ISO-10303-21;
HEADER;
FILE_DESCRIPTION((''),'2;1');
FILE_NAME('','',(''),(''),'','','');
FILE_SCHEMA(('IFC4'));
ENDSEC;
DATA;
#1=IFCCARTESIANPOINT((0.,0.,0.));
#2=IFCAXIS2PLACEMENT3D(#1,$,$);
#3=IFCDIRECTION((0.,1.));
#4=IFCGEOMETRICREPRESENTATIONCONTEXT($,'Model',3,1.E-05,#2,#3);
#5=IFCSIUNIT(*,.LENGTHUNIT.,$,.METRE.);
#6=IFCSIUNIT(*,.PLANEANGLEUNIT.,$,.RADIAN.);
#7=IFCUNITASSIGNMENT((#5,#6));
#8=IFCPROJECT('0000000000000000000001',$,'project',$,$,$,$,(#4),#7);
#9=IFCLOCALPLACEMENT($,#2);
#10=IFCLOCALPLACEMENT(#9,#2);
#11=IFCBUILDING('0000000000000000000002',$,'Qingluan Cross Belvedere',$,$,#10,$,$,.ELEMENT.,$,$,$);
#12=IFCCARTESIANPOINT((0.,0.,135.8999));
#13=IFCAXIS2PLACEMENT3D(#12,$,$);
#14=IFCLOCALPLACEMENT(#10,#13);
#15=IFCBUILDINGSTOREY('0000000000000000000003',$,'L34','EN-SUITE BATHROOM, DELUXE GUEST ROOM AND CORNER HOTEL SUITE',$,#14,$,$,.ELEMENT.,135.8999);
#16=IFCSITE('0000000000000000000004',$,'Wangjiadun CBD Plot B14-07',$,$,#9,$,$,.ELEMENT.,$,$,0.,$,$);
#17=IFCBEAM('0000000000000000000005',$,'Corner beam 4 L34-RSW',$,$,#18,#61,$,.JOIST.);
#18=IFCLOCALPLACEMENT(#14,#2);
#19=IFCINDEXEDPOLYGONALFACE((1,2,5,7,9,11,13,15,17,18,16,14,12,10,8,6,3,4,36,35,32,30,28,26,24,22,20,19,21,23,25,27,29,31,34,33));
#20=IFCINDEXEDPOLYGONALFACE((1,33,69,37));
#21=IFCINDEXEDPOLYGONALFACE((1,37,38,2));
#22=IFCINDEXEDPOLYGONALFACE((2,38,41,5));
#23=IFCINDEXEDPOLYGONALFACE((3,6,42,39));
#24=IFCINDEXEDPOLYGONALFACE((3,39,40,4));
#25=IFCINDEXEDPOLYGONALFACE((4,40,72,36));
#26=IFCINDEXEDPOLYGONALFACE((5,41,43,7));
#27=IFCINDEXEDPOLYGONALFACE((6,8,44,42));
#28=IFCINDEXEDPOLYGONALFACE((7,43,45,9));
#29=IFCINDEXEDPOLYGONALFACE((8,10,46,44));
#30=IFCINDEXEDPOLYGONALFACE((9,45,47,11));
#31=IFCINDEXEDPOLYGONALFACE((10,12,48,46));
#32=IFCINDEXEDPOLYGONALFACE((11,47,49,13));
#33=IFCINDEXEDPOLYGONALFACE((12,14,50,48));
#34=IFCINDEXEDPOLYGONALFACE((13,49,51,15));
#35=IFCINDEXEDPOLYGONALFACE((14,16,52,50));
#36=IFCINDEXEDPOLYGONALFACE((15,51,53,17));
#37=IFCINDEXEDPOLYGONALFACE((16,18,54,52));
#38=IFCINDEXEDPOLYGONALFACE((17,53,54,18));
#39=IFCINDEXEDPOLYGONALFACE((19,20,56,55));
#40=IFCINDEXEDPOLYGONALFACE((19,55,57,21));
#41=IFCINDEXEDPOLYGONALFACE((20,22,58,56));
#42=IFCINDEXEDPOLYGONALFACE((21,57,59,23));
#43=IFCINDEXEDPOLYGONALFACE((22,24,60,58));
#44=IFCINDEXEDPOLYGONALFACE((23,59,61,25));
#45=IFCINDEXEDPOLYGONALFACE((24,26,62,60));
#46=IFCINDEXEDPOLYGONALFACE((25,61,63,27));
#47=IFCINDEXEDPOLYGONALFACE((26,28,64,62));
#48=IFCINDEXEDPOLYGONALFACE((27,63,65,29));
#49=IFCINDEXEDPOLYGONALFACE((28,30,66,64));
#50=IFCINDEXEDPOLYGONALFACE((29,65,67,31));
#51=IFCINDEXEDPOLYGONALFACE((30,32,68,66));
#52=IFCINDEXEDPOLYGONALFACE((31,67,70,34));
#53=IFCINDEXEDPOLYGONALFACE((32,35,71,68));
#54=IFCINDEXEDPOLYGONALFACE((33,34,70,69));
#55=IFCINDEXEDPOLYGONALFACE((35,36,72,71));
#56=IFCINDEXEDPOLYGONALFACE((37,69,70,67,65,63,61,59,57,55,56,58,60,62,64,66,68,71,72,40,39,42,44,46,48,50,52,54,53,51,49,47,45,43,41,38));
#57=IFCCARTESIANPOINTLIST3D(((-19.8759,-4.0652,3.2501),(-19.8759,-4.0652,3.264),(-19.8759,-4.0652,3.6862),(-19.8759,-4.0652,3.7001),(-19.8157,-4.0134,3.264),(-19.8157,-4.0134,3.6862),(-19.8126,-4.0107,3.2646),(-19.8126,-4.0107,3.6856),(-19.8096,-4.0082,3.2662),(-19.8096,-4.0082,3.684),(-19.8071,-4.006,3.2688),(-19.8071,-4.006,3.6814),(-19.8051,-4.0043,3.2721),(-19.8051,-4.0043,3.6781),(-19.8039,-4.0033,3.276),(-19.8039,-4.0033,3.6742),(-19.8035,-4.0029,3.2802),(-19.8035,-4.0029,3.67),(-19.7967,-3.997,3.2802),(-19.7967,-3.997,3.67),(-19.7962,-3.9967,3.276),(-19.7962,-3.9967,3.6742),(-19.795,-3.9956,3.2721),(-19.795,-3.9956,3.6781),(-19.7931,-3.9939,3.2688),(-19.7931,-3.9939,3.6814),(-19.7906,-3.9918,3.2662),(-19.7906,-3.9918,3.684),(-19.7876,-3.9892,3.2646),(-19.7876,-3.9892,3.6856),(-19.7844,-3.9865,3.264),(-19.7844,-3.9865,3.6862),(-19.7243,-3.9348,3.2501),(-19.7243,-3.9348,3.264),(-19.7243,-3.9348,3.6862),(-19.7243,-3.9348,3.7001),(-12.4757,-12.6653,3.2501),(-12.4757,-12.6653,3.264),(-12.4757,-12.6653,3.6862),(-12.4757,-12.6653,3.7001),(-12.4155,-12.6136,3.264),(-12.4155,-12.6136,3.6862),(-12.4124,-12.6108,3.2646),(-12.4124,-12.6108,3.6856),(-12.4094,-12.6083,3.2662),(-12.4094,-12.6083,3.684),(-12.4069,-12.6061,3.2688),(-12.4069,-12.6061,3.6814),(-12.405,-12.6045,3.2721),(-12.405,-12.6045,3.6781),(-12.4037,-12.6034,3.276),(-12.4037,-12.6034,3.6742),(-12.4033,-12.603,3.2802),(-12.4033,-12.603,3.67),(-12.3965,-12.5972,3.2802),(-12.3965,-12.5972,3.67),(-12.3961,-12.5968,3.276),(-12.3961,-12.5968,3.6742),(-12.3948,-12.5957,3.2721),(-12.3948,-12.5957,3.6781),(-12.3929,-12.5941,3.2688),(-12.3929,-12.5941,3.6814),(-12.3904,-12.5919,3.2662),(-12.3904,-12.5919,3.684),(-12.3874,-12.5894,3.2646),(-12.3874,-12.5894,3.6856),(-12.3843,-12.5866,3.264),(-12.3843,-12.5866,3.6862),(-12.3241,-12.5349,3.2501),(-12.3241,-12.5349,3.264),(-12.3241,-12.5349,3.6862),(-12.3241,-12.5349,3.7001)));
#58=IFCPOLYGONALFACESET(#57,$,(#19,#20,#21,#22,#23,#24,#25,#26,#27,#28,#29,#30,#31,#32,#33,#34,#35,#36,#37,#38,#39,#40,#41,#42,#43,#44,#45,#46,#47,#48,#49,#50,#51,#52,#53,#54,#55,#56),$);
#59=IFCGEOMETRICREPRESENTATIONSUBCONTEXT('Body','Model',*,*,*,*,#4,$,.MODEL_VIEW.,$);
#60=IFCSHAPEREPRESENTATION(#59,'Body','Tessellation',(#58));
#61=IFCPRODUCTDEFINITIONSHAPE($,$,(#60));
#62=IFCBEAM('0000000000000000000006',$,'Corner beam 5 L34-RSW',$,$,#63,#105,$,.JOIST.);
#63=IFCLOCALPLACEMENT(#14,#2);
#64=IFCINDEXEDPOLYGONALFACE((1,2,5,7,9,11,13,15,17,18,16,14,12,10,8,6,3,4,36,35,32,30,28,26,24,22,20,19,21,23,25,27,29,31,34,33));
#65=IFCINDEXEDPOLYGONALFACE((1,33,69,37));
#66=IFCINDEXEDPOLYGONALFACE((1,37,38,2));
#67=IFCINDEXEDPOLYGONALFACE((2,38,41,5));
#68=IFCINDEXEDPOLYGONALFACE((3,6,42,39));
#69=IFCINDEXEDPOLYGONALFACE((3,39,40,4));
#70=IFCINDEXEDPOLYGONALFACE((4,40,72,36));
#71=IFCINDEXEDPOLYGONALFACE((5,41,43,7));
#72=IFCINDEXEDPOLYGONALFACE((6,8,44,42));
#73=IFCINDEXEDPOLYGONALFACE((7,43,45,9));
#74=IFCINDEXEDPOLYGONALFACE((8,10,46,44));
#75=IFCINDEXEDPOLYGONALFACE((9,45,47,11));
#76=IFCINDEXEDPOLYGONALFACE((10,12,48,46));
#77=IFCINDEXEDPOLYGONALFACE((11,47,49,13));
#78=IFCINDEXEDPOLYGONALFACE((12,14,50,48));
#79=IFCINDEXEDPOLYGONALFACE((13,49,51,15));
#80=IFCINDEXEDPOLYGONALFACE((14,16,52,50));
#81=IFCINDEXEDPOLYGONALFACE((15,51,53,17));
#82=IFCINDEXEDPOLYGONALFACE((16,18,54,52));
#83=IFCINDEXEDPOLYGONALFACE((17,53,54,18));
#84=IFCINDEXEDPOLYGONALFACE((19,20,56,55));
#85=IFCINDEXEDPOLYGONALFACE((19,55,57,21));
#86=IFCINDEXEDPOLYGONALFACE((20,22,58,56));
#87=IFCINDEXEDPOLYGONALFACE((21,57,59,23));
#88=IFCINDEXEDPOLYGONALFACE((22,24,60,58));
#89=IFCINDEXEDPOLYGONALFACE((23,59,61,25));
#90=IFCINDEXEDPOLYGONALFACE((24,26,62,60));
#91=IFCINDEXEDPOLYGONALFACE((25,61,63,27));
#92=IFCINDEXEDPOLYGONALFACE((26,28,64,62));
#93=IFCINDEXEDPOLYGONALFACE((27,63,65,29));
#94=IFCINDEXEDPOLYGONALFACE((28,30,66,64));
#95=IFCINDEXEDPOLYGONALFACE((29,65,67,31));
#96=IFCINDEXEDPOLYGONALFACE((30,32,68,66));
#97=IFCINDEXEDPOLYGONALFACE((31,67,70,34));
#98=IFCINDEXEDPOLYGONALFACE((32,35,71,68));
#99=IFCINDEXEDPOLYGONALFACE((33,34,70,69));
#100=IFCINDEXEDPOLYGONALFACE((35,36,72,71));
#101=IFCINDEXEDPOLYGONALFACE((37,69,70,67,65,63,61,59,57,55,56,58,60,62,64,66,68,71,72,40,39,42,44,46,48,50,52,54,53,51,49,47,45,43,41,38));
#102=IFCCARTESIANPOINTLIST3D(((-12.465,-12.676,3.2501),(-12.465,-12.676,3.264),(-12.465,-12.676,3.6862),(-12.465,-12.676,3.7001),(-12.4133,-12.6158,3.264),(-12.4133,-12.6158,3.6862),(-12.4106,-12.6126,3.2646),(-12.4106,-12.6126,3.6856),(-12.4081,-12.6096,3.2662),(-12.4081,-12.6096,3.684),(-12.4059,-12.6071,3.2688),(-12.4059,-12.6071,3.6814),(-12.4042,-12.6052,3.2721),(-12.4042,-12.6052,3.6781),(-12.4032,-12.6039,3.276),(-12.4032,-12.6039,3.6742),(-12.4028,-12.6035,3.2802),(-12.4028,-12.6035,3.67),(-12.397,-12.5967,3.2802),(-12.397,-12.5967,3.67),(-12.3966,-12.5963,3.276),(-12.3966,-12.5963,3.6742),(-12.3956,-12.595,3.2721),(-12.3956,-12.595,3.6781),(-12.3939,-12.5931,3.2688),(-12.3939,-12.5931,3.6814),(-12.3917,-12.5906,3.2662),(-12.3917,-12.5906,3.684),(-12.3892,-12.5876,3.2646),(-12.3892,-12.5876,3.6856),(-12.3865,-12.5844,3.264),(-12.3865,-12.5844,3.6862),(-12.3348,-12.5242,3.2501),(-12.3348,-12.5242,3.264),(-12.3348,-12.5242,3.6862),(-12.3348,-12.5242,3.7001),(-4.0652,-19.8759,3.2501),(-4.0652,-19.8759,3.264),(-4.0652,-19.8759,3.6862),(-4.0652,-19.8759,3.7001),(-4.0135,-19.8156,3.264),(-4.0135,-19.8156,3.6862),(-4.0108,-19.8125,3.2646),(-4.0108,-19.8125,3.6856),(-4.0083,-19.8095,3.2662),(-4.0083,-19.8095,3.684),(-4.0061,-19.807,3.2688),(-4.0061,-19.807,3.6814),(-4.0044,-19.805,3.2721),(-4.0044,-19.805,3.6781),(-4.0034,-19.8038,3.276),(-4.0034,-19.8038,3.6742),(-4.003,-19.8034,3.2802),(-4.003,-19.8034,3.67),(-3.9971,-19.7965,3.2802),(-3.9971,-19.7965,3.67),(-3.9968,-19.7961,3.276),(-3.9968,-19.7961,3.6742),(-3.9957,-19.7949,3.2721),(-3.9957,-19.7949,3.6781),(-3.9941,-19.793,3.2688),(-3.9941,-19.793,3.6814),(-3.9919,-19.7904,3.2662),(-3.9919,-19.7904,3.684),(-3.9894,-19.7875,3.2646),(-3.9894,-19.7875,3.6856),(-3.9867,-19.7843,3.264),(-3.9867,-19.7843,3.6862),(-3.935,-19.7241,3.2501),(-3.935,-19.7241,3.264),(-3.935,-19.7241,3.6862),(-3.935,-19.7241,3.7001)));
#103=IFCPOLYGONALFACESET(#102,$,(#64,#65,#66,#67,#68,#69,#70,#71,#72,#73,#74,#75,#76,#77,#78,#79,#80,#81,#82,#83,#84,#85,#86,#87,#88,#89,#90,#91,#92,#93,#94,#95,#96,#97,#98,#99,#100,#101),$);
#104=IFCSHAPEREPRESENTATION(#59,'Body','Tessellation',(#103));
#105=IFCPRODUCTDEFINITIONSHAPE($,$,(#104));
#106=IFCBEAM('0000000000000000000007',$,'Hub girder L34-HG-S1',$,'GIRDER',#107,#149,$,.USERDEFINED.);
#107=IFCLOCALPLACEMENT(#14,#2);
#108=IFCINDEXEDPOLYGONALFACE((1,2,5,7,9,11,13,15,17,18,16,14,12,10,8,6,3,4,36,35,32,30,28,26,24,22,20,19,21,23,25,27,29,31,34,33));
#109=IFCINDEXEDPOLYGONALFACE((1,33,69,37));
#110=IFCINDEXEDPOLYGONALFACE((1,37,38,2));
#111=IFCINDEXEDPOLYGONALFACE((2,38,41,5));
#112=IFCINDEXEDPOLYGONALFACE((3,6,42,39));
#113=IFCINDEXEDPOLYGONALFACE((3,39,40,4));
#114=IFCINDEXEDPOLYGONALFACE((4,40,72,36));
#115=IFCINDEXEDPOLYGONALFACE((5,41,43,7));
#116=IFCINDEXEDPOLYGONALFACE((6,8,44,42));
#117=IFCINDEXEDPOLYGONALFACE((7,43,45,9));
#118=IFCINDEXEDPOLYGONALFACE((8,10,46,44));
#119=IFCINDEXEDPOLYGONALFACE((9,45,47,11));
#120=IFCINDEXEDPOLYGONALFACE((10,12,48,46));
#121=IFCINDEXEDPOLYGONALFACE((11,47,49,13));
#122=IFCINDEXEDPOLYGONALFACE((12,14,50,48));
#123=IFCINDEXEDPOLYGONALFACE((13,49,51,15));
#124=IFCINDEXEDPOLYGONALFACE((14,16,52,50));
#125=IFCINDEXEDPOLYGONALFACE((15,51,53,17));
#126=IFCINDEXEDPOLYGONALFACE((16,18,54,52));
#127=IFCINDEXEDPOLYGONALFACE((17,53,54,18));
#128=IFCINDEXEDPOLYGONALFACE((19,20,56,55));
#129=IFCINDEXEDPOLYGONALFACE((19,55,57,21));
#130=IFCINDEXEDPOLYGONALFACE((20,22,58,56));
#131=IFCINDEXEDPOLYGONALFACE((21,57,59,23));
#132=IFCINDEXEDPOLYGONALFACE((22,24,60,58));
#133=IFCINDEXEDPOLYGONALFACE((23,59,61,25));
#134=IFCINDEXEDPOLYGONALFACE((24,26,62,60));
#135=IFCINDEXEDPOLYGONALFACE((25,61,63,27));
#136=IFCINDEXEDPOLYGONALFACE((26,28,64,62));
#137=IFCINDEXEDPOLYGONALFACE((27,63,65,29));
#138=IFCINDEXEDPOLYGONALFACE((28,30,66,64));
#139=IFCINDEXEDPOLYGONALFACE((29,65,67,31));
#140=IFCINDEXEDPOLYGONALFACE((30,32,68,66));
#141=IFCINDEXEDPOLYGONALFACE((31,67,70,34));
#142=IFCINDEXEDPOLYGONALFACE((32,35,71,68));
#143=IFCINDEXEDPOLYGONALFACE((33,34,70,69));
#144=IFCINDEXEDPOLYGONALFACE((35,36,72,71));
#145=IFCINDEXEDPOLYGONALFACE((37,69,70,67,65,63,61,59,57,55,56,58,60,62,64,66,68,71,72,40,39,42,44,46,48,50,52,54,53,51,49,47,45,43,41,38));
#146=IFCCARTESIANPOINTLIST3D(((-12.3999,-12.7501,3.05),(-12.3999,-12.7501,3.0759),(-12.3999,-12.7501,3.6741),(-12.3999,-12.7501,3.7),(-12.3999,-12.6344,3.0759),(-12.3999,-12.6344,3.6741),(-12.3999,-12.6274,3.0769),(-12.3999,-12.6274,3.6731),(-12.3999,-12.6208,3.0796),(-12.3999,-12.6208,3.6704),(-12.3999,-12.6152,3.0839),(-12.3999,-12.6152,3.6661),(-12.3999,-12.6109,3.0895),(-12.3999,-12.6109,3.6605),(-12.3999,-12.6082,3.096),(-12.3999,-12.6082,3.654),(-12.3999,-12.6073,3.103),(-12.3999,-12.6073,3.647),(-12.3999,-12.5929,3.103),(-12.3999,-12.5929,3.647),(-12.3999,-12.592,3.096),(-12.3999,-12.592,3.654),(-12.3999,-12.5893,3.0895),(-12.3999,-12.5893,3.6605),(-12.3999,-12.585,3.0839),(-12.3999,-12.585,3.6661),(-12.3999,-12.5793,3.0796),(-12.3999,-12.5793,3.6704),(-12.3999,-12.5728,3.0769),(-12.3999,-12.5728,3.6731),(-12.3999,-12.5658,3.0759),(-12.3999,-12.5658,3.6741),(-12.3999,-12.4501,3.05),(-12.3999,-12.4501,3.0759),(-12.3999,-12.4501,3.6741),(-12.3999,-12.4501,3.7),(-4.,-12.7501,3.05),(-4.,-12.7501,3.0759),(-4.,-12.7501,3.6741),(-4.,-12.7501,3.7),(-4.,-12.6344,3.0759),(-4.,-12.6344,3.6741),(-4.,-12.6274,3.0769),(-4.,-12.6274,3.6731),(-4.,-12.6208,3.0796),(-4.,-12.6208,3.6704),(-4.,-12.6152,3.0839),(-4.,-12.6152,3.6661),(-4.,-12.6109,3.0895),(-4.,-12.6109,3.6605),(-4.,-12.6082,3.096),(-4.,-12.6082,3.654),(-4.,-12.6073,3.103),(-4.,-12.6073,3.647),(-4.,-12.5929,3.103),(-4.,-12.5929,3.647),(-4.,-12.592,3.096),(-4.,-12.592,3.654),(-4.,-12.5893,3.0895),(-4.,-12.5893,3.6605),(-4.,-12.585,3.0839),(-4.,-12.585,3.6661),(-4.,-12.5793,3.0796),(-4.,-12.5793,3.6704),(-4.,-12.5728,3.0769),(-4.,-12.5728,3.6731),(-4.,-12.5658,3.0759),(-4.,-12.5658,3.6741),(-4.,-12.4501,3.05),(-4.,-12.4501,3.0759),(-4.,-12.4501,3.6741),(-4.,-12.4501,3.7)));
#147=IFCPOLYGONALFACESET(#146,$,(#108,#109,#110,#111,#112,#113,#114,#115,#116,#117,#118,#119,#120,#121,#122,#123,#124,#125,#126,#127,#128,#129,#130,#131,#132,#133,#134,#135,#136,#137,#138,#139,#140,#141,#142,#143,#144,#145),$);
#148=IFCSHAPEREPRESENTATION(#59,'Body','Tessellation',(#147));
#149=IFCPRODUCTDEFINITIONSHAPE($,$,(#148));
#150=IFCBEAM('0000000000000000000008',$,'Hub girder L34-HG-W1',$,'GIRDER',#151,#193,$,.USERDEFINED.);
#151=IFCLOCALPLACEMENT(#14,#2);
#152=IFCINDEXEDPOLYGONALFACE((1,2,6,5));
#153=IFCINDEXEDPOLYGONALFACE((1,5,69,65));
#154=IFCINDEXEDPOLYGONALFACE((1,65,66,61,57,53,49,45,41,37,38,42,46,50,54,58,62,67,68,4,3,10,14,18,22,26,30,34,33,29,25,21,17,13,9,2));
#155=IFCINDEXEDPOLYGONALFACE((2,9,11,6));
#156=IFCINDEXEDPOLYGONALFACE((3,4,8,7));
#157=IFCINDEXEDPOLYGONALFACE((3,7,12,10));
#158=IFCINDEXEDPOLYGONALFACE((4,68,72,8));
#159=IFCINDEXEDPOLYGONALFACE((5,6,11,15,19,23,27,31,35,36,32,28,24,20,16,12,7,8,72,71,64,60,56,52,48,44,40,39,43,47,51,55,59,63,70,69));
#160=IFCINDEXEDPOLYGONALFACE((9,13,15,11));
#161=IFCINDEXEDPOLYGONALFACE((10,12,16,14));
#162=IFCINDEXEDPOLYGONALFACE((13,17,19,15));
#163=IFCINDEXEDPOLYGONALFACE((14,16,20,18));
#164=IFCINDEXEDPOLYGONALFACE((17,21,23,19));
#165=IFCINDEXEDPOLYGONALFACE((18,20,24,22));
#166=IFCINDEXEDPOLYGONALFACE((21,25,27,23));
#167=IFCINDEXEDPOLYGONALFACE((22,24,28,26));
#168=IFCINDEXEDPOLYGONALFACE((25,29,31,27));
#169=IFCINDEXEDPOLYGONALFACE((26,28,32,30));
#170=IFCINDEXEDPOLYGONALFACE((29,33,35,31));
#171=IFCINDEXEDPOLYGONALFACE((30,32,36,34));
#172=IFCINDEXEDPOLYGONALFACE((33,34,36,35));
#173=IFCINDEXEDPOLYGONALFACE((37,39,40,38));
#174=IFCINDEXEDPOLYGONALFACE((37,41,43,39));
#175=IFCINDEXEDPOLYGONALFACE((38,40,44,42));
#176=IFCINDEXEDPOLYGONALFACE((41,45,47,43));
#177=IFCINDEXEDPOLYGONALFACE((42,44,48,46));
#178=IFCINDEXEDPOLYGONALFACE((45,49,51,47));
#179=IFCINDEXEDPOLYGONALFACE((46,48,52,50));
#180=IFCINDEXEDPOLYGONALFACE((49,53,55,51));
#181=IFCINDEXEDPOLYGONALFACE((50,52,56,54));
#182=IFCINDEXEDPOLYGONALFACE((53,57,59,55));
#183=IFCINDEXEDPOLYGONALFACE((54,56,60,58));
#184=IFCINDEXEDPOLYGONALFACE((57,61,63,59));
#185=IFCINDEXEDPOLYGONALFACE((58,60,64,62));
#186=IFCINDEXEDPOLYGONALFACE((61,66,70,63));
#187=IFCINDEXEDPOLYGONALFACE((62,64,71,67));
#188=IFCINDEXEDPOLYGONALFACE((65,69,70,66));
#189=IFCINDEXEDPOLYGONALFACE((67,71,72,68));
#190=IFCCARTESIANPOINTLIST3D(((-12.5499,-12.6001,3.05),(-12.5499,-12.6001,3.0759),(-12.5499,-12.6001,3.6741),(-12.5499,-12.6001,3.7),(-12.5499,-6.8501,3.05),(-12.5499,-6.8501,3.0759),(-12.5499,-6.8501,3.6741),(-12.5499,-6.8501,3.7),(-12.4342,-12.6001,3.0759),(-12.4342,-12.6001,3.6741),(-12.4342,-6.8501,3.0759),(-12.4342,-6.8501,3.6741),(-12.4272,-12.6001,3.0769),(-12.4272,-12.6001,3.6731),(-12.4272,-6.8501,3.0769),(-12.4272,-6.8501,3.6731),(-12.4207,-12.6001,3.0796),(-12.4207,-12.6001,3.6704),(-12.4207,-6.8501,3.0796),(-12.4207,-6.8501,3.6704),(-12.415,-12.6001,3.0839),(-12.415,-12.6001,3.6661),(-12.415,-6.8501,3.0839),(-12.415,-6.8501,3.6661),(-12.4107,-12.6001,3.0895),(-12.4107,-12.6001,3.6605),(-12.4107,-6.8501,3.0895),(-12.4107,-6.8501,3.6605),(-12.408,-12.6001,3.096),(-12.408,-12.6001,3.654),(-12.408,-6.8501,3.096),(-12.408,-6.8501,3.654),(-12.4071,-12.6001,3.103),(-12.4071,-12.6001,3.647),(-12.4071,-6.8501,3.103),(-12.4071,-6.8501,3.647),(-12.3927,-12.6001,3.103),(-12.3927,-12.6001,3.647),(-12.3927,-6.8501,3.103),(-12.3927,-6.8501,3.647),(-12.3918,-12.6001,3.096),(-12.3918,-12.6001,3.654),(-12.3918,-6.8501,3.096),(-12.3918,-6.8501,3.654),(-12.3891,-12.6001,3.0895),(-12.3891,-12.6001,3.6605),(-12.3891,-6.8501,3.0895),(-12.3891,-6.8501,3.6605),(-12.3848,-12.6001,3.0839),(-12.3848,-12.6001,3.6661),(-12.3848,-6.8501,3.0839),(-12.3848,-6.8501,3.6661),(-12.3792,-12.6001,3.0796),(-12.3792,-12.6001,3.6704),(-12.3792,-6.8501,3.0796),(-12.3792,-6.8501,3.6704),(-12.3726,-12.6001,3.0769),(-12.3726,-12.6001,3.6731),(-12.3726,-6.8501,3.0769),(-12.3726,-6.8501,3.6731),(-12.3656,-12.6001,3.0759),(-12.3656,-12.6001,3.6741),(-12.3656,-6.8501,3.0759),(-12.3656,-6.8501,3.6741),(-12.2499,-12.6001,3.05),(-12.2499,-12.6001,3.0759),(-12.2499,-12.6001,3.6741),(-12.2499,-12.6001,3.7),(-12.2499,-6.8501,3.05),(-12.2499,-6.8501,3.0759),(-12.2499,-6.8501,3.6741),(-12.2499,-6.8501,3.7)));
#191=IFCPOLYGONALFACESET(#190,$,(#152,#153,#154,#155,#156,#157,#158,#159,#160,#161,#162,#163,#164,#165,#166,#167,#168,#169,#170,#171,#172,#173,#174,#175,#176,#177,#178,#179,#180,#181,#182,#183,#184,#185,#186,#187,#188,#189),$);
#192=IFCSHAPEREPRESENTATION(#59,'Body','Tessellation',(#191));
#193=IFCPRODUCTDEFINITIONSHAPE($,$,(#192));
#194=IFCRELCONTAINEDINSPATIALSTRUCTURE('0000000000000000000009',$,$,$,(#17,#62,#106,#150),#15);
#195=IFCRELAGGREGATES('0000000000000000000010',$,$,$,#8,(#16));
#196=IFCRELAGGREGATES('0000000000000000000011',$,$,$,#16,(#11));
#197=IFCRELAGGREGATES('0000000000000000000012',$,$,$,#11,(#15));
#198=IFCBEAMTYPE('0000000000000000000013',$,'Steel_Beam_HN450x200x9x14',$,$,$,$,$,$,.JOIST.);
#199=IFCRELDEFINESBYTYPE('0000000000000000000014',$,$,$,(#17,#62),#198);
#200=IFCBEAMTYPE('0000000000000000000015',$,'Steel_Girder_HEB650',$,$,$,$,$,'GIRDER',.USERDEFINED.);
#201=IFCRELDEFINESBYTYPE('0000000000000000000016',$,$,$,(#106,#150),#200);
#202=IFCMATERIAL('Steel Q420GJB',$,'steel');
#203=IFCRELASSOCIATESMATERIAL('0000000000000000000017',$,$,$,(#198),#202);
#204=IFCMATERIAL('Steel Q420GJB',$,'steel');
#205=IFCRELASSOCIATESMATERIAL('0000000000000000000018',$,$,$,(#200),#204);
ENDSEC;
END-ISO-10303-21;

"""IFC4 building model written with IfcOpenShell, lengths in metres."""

from ifc_helpers import new_model, si_unit, direction, frame, origin, origin_2d, place, context, subcontext, project, spatial, i_section, extrude, material, material_profile, profile_set, type_object, element, save


model = new_model("IFC4")

# Units and contexts
model_context = context("Model", 3, precision=1e-05, world=origin(), true_north=direction((0.0, 1.0)))
body_context = subcontext(model_context, "Body", "Model", "MODEL_VIEW")
ifc_project = project(units=[si_unit("LENGTHUNIT", "METRE"), si_unit("PLANEANGLEUNIT", "RADIAN")], contexts=[model_context])

# Site, building, storey
site_placement = place(None, origin())
site = spatial("IfcSite", under=ifc_project, at=site_placement, Name="Wangjiadun CBD Plot B14-07", CompositionType="ELEMENT", RefElevation=0.0)
building_placement = place(site_placement, origin())
building = spatial("IfcBuilding", under=site, at=building_placement, Name="Qingluan Cross Belvedere", CompositionType="ELEMENT")
storey_placement = place(building_placement, frame((0.0, 0.0, 135.8999)))
storey = spatial("IfcBuildingStorey", under=building, at=storey_placement, Name="L34", Description="EN-SUITE BATHROOM, DELUXE GUEST ROOM AND CORNER HOTEL SUITE", CompositionType="ELEMENT", Elevation=135.8999)

# Beams
ifc_material_1 = material(Name="Steel Q420GJB", Category="steel")
ifc_material_profile_1 = material_profile(ifc_material_1, i_section(OverallWidth=0.2, OverallDepth=0.45, WebThickness=0.009, FlangeThickness=0.0139, FilletRadius=0.0161, at=origin_2d()), Name="HN450x200x9x14")
ifc_profile_set_1 = profile_set([ifc_material_profile_1], Name="Steel Q420GJB")
beam_type_1 = type_object("IfcBeamType", Name="Steel_Beam_HN450x200x9x14", PredefinedType="JOIST", material=ifc_profile_set_1)
beam_1_placement = place(storey_placement, frame((-12.3999, -12.6001, 3.4751), z_axis=(-0.652245, 0.758008, 0.0), x_axis=(-0.758008, -0.652245, 0.0)))
element("IfcBeam", 1, at=beam_1_placement, inside=storey, type_object=beam_type_1, Name="Corner beam 4 L34-RSW", PredefinedType="JOIST", context=body_context, shape_type="SweptSolid", body=[
    extrude(i_section(OverallWidth=0.2, OverallDepth=0.45, WebThickness=0.009, FlangeThickness=0.0139, FilletRadius=0.0161, at=origin_2d()), origin(), (0.0, 0.0, 1.0), 11.3457),
])
beam_2_placement = place(storey_placement, frame((-12.3999, -12.6001, 3.4751), z_axis=(0.759255, -0.650793, 0.0), x_axis=(0.650793, 0.759255, 0.0)))
element("IfcBeam", 2, at=beam_2_placement, inside=storey, type_object=beam_type_1, Name="Corner beam 5 L34-RSW", PredefinedType="JOIST", context=body_context, shape_type="SweptSolid", body=[
    extrude(i_section(OverallWidth=0.2, OverallDepth=0.45, WebThickness=0.009, FlangeThickness=0.0139, FilletRadius=0.0161, at=origin_2d()), origin(), (0.0, 0.0, 1.0), 11.0632),
])
ifc_material_2 = material(Name="Steel Q420GJB", Category="steel")
ifc_material_profile_2 = material_profile(ifc_material_2, i_section(OverallWidth=0.3, OverallDepth=0.6499, WebThickness=0.0144, FlangeThickness=0.0259, FilletRadius=0.0271, at=origin_2d()), Name="HEB650")
ifc_profile_set_2 = profile_set([ifc_material_profile_2], Name="Steel Q420GJB")
beam_type_2 = type_object("IfcBeamType", Name="Steel_Girder_HEB650", ElementType="GIRDER", PredefinedType="USERDEFINED", material=ifc_profile_set_2)
beam_3_placement = place(storey_placement, frame((-12.3999, -12.6001, 3.375), z_axis=(1.0, 0.0, 0.0), x_axis=(0.0, 1.0, 0.0)))
element("IfcBeam", 3, at=beam_3_placement, inside=storey, type_object=beam_type_2, Name="Hub girder L34-HG-S1", ObjectType="GIRDER", PredefinedType="USERDEFINED", context=body_context, shape_type="SweptSolid", body=[
    extrude(i_section(OverallWidth=0.3, OverallDepth=0.6499, WebThickness=0.0144, FlangeThickness=0.0259, FilletRadius=0.0271, at=origin_2d()), origin(), (0.0, 0.0, 1.0), 8.3999),
])
beam_4_placement = place(storey_placement, frame((-12.3999, -12.6001, 3.375), z_axis=(0.0, 1.0, 0.0), x_axis=(-1.0, 0.0, 0.0)))
element("IfcBeam", 4, at=beam_4_placement, inside=storey, type_object=beam_type_2, Name="Hub girder L34-HG-W1", ObjectType="GIRDER", PredefinedType="USERDEFINED", context=body_context, shape_type="SweptSolid", body=[
    extrude(i_section(OverallWidth=0.3, OverallDepth=0.6499, WebThickness=0.0144, FlangeThickness=0.0259, FilletRadius=0.0271, at=origin_2d()), origin(), (0.0, 0.0, 1.0), 5.75),
])

save(model, "model.ifc")
